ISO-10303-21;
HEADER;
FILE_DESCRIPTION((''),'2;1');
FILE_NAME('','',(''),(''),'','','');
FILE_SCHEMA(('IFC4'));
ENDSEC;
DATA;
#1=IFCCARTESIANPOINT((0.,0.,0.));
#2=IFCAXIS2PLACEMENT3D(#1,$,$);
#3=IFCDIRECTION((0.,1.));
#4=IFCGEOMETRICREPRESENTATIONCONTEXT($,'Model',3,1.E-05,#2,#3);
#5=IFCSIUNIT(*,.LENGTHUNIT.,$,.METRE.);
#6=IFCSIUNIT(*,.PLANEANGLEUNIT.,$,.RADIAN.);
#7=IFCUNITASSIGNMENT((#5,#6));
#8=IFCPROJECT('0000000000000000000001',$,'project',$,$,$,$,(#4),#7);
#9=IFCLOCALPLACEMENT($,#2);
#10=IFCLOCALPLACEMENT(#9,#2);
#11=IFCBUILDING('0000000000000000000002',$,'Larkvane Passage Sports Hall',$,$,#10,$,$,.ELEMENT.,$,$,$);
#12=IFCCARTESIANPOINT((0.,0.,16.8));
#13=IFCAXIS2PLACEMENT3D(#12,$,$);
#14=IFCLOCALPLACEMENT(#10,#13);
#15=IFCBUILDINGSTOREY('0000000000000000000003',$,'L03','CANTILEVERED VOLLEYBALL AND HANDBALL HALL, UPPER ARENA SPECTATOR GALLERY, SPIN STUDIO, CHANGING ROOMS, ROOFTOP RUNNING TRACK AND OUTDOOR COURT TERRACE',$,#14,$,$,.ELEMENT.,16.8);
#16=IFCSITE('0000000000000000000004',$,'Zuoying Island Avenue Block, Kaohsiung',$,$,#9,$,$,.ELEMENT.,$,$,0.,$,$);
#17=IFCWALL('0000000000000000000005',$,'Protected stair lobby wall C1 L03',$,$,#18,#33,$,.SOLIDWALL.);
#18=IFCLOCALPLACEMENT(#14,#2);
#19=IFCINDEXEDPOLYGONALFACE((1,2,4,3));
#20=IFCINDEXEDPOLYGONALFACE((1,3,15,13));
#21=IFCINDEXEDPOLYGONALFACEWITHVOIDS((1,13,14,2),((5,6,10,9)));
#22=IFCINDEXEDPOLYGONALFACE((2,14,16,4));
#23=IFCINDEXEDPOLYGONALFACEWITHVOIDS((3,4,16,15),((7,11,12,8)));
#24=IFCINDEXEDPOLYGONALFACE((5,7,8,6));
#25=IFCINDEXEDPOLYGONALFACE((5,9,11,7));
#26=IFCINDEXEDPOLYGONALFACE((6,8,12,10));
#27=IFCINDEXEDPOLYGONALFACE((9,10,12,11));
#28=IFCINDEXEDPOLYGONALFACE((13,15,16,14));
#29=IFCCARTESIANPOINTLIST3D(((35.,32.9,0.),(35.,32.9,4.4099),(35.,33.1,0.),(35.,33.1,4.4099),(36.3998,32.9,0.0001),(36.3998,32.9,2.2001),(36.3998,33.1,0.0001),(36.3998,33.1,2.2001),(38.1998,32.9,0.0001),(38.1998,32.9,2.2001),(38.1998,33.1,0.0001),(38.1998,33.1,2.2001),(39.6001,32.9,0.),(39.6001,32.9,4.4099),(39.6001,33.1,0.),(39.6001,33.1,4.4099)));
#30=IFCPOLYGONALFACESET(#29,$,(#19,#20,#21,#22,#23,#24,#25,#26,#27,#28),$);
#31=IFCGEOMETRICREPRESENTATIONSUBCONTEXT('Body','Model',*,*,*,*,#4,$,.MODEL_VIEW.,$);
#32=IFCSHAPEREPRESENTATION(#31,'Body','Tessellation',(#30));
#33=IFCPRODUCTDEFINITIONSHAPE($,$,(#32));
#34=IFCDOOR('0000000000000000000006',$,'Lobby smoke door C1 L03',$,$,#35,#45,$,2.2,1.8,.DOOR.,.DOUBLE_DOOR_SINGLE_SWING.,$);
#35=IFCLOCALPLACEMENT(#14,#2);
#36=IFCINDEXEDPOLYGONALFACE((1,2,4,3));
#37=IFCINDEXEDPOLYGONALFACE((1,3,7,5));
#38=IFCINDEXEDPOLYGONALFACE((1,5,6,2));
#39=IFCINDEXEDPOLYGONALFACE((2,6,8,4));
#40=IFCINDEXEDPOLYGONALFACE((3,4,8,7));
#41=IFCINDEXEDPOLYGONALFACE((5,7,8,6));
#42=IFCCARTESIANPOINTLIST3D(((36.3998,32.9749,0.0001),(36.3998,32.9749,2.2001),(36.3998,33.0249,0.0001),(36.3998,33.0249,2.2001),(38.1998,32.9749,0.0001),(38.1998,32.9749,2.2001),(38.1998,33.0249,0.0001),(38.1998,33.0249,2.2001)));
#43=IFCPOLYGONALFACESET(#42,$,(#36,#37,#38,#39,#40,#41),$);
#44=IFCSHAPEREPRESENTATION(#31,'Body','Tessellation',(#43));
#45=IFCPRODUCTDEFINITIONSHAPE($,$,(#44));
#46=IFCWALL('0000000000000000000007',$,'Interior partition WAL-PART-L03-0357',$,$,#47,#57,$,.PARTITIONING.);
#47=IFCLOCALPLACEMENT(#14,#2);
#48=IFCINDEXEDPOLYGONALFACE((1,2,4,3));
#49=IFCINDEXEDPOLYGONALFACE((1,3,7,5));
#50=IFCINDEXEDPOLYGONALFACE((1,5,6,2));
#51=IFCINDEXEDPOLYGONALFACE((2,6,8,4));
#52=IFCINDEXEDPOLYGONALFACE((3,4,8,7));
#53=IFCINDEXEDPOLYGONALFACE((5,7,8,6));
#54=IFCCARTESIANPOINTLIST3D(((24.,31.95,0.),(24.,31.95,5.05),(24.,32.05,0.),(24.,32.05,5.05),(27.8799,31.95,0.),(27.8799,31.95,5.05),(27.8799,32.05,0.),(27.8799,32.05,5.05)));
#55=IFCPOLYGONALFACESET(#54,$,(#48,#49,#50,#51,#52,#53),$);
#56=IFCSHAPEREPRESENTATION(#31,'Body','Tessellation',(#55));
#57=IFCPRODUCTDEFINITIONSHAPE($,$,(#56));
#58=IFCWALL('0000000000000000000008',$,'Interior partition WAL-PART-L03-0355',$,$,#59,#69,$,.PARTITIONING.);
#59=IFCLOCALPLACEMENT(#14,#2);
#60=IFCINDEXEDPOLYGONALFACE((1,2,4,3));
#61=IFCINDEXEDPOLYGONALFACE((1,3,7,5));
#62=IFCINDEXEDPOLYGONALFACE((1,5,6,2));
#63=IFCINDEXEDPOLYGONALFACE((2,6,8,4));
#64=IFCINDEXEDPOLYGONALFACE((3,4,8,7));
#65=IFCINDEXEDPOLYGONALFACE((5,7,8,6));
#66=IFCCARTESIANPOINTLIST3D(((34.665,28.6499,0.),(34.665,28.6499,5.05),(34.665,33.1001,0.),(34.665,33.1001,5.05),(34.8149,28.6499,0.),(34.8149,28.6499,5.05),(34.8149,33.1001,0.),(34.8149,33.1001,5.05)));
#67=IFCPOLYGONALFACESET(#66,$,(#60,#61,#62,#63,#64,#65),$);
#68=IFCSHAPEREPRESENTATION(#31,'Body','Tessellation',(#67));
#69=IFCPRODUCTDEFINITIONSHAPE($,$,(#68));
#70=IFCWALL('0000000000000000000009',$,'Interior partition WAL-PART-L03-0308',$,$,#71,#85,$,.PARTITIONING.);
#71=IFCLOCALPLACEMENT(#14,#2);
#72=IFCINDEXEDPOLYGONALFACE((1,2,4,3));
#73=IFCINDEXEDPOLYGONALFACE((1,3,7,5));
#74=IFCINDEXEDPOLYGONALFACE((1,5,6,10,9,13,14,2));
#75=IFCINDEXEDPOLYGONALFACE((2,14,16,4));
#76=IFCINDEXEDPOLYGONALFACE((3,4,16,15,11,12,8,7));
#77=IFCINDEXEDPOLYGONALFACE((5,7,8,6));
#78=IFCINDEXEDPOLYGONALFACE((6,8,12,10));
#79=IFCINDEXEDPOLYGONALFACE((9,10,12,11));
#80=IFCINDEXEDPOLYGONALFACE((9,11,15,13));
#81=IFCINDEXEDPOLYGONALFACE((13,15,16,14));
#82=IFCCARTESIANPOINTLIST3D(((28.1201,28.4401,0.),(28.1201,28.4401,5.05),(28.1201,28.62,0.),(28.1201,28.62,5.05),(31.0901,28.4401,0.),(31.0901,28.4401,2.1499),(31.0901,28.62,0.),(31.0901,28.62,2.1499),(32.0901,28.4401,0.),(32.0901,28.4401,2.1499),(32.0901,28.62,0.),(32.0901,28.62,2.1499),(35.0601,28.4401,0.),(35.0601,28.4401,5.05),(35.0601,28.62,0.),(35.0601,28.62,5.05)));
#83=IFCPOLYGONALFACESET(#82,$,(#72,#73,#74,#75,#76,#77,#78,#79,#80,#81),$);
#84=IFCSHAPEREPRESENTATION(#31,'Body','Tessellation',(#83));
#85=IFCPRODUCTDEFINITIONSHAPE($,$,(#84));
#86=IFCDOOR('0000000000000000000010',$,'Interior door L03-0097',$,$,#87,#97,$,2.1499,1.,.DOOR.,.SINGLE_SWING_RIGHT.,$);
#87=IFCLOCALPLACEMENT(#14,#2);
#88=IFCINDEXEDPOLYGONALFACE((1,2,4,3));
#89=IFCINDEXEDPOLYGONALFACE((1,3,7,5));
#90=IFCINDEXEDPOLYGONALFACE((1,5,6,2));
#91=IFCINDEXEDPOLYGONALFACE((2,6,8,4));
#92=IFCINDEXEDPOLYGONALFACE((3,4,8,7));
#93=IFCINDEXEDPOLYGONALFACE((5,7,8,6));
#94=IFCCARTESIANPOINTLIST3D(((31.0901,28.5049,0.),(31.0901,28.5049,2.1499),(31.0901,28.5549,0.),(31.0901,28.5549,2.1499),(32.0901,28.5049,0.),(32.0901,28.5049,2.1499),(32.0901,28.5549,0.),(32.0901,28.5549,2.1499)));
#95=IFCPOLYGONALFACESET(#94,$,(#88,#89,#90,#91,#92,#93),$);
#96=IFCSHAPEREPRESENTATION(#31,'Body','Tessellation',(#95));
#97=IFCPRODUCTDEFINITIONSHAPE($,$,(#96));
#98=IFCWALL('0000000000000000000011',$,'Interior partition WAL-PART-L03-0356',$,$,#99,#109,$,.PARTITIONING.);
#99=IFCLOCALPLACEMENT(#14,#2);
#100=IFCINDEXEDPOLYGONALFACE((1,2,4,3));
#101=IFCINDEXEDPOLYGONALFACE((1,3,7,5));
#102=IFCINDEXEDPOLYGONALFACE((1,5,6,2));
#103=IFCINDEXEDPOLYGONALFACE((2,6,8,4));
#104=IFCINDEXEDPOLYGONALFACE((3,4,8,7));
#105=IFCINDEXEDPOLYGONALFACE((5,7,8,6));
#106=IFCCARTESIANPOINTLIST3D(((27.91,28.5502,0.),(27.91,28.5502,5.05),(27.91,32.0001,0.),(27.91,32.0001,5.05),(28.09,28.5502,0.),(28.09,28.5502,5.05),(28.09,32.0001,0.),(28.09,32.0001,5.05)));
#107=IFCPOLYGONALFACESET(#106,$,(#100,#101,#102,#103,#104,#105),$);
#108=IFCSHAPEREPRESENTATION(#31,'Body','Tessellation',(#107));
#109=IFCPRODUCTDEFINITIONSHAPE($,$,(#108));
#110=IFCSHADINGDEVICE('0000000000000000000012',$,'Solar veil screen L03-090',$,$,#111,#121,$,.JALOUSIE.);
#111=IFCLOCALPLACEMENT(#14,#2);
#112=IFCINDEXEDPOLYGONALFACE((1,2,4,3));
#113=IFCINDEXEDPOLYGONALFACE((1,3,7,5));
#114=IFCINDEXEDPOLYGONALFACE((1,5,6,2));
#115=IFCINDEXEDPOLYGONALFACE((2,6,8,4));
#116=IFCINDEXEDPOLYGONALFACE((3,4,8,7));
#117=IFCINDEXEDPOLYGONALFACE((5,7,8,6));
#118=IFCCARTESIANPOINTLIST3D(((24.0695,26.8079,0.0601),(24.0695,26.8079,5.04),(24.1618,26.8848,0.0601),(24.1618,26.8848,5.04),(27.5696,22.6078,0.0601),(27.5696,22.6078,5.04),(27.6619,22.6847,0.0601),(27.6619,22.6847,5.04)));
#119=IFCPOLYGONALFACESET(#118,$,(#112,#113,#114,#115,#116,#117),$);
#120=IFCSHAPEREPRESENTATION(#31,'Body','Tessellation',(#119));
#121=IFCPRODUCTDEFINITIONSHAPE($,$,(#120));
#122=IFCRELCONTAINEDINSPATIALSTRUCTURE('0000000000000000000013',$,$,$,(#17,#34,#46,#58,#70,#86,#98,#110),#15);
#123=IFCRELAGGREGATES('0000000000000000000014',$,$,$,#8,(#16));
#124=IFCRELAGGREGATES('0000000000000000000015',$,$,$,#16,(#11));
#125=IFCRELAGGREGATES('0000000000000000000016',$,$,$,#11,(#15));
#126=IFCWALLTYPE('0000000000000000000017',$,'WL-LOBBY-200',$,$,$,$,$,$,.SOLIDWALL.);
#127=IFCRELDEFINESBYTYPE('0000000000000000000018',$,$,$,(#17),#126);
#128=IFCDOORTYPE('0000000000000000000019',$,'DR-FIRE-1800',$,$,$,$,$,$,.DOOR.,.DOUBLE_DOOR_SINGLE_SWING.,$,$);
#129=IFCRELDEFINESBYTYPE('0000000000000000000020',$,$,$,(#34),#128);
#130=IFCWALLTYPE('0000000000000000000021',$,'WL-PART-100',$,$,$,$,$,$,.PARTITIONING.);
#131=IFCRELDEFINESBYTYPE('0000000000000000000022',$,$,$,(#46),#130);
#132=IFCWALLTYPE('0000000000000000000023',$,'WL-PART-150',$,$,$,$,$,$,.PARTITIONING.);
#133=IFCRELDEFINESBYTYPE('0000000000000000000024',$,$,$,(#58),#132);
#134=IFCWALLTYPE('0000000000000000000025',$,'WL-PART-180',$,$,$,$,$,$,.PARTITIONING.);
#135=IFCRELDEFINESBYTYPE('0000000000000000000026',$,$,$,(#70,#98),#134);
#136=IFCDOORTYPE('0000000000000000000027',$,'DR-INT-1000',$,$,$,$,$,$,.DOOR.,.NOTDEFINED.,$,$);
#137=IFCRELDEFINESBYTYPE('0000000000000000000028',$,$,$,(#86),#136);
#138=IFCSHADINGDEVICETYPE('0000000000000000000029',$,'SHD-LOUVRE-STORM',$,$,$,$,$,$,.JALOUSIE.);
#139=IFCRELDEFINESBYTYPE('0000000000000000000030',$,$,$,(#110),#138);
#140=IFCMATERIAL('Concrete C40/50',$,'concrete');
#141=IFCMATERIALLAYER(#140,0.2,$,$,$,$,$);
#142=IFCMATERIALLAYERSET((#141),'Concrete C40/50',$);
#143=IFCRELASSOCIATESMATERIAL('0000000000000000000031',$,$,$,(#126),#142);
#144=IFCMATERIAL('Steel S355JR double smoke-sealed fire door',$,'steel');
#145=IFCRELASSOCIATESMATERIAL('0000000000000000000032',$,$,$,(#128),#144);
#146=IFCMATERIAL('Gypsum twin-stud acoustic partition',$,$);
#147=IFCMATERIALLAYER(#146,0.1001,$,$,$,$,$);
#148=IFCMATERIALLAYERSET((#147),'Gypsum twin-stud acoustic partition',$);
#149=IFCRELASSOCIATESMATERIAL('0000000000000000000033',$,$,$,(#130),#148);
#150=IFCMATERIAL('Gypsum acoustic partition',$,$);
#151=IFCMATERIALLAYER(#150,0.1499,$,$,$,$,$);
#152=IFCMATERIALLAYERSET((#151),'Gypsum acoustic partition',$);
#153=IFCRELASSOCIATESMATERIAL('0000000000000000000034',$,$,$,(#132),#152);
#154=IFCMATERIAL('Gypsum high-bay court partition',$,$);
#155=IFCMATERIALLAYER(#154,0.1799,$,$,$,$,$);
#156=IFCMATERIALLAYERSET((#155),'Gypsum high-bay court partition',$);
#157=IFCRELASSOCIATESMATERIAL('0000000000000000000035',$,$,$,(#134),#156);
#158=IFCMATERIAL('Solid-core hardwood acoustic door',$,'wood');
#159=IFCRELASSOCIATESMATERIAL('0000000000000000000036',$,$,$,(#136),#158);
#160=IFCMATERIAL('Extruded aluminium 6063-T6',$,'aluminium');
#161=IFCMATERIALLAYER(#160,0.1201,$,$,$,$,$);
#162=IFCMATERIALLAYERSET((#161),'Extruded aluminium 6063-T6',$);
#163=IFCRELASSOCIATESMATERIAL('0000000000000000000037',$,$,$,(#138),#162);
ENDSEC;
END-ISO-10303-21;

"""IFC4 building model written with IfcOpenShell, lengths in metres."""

from ifc_helpers import new_model, si_unit, direction, frame, frame_2d, origin, origin_2d, place, context, subcontext, project, spatial, rectangle, extrude, material, layer, layer_set, type_object, element, fill, save


model = new_model("IFC4")

# Units and contexts
model_context = context("Model", 3, precision=1e-05, world=origin(), true_north=direction((0.0, 1.0)))
body_context = subcontext(model_context, "Body", "Model", "MODEL_VIEW")
ifc_project = project(units=[si_unit("LENGTHUNIT", "METRE"), si_unit("PLANEANGLEUNIT", "RADIAN")], contexts=[model_context])

# Site, building, storey
site_placement = place(None, origin())
site = spatial("IfcSite", under=ifc_project, at=site_placement, Name="Zuoying Island Avenue Block, Kaohsiung", CompositionType="ELEMENT", RefElevation=0.0)
building_placement = place(site_placement, origin())
building = spatial("IfcBuilding", under=site, at=building_placement, Name="Larkvane Passage Sports Hall", CompositionType="ELEMENT")
storey_placement = place(building_placement, frame((0.0, 0.0, 16.8)))
storey = spatial("IfcBuildingStorey", under=building, at=storey_placement, Name="L03", Description="CANTILEVERED VOLLEYBALL AND HANDBALL HALL, UPPER ARENA SPECTATOR GALLERY, SPIN STUDIO, CHANGING ROOMS, ROOFTOP RUNNING TRACK AND OUTDOOR COURT TERRACE", CompositionType="ELEMENT", Elevation=16.8)

# Wall, opening, door
ifc_material_1 = material(Name="Concrete C40/50", Category="concrete")
ifc_layer_1 = layer(ifc_material_1, 0.2)
ifc_layer_set_1 = layer_set([ifc_layer_1], Name="Concrete C40/50")
wall_type_1 = type_object("IfcWallType", Name="WL-LOBBY-200", PredefinedType="SOLIDWALL", material=ifc_layer_set_1)
wall_1_placement = place(storey_placement, frame((35.0, 33.0, 0.0), z_axis=(0.0, 0.0, 1.0), x_axis=(1.0, 0.0, 0.0)))
wall_1 = element("IfcWall", 1, at=wall_1_placement, inside=storey, type_object=wall_type_1, Name="Protected stair lobby wall C1 L03", PredefinedType="SOLIDWALL", context=body_context, shape_type="SweptSolid", body=[
    extrude(rectangle(XDim=4.6001, YDim=0.2, at=frame_2d((2.3, 0.0))), origin(), (0.0, 0.0, 1.0), 4.4099),
])
opening_1_placement = place(wall_1_placement, frame((1.3999, 0.0, 0.0)))
opening_1 = element("IfcOpeningElement", 2, at=opening_1_placement, cuts=wall_1, PredefinedType="OPENING", context=body_context, shape_type="SweptSolid", body=[
    extrude(rectangle(XDim=1.8, YDim=2.2, at=frame_2d((0.8999, 1.1001))), frame((0.0, 0.1099, 0.0), z_axis=(0.0, -1.0, 0.0), x_axis=(1.0, 0.0, 0.0)), (0.0, 0.0, 1.0), 0.22),
])
ifc_material_2 = material(Name="Steel S355JR double smoke-sealed fire door", Category="steel")
door_type_1 = type_object("IfcDoorType", Name="DR-FIRE-1800", OperationType="DOUBLE_DOOR_SINGLE_SWING", PredefinedType="DOOR", material=ifc_material_2)
door_1_placement = place(opening_1_placement, origin())
door_1 = element("IfcDoor", 3, at=door_1_placement, inside=storey, type_object=door_type_1, Name="Lobby smoke door C1 L03", OperationType="DOUBLE_DOOR_SINGLE_SWING", OverallHeight=2.2, OverallWidth=1.8, PredefinedType="DOOR", context=body_context, shape_type="SweptSolid", body=[
    extrude(rectangle(XDim=1.8, YDim=2.2, at=frame_2d((0.8999, 1.1001))), frame((0.0, 0.0249, 0.0), z_axis=(0.0, -1.0, 0.0), x_axis=(1.0, 0.0, 0.0)), (0.0, 0.0, 1.0), 0.05),
])
fill(opening_1, door_1)

# Walls
ifc_material_3 = material(Name="Gypsum twin-stud acoustic partition")
ifc_layer_2 = layer(ifc_material_3, 0.1001)
ifc_layer_set_2 = layer_set([ifc_layer_2], Name="Gypsum twin-stud acoustic partition")
wall_type_2 = type_object("IfcWallType", Name="WL-PART-100", PredefinedType="PARTITIONING", material=ifc_layer_set_2)
wall_2_placement = place(storey_placement, frame((27.8799, 32.0, 0.0), z_axis=(0.0, 0.0, 1.0), x_axis=(-1.0, 0.0, 0.0)))
element("IfcWall", 4, at=wall_2_placement, inside=storey, type_object=wall_type_2, Name="Interior partition WAL-PART-L03-0357", PredefinedType="PARTITIONING", context=body_context, shape_type="SweptSolid", body=[
    extrude(rectangle(XDim=3.8799, YDim=0.1001, at=frame_2d((1.9399, 0.0))), origin(), (0.0, 0.0, 1.0), 5.05),
])
ifc_material_4 = material(Name="Gypsum acoustic partition")
ifc_layer_3 = layer(ifc_material_4, 0.1499)
ifc_layer_set_3 = layer_set([ifc_layer_3], Name="Gypsum acoustic partition")
wall_type_3 = type_object("IfcWallType", Name="WL-PART-150", PredefinedType="PARTITIONING", material=ifc_layer_set_3)
wall_3_placement = place(storey_placement, frame((34.74, 33.1001, 0.0), z_axis=(0.0, 0.0, 1.0), x_axis=(0.0, -1.0, 0.0)))
element("IfcWall", 5, at=wall_3_placement, inside=storey, type_object=wall_type_3, Name="Interior partition WAL-PART-L03-0355", PredefinedType="PARTITIONING", context=body_context, shape_type="SweptSolid", body=[
    extrude(rectangle(XDim=4.4502, YDim=0.1499, at=frame_2d((2.2251, 0.0))), origin(), (0.0, 0.0, 1.0), 5.05),
])

# Wall, opening, door
ifc_material_5 = material(Name="Gypsum high-bay court partition")
ifc_layer_4 = layer(ifc_material_5, 0.1799)
ifc_layer_set_4 = layer_set([ifc_layer_4], Name="Gypsum high-bay court partition")
wall_type_4 = type_object("IfcWallType", Name="WL-PART-180", PredefinedType="PARTITIONING", material=ifc_layer_set_4)
wall_4_placement = place(storey_placement, frame((28.1201, 28.53, 0.0), z_axis=(0.0, 0.0, 1.0), x_axis=(1.0, 0.0, 0.0)))
wall_4 = element("IfcWall", 6, at=wall_4_placement, inside=storey, type_object=wall_type_4, Name="Interior partition WAL-PART-L03-0308", PredefinedType="PARTITIONING", context=body_context, shape_type="SweptSolid", body=[
    extrude(rectangle(XDim=6.9399, YDim=0.1799, at=frame_2d((3.47, 0.0))), origin(), (0.0, 0.0, 1.0), 5.05),
])
opening_2_placement = place(wall_4_placement, frame((2.97, 0.0, 0.0)))
opening_2 = element("IfcOpeningElement", 7, at=opening_2_placement, cuts=wall_4, PredefinedType="OPENING", context=body_context, shape_type="SweptSolid", body=[
    extrude(rectangle(XDim=1.0, YDim=2.1499, at=frame_2d((0.5, 1.075))), frame((0.0, 0.0999, 0.0), z_axis=(0.0, -1.0, 0.0), x_axis=(1.0, 0.0, 0.0)), (0.0, 0.0, 1.0), 0.2),
])
ifc_material_6 = material(Name="Solid-core hardwood acoustic door", Category="wood")
door_type_2 = type_object("IfcDoorType", Name="DR-INT-1000", OperationType="NOTDEFINED", PredefinedType="DOOR", material=ifc_material_6)
door_2_placement = place(opening_2_placement, origin())
door_2 = element("IfcDoor", 8, at=door_2_placement, inside=storey, type_object=door_type_2, Name="Interior door L03-0097", OperationType="SINGLE_SWING_RIGHT", OverallHeight=2.1499, OverallWidth=1.0, PredefinedType="DOOR", context=body_context, shape_type="SweptSolid", body=[
    extrude(rectangle(XDim=1.0, YDim=2.1499, at=frame_2d((0.5, 1.075))), frame((0.0, 0.0249, 0.0), z_axis=(0.0, -1.0, 0.0), x_axis=(1.0, 0.0, 0.0)), (0.0, 0.0, 1.0), 0.05),
])
fill(opening_2, door_2)

# Wall
wall_5_placement = place(storey_placement, frame((28.0, 28.55, 0.0), z_axis=(0.0, 0.0, 1.0), x_axis=(0.0, 1.0, 0.0)))
element("IfcWall", 9, at=wall_5_placement, inside=storey, type_object=wall_type_4, Name="Interior partition WAL-PART-L03-0356", PredefinedType="PARTITIONING", context=body_context, shape_type="SweptSolid", body=[
    extrude(rectangle(XDim=3.45, YDim=0.1799, at=frame_2d((1.7251, 0.0))), origin(), (0.0, 0.0, 1.0), 5.05),
])

# Shading device
ifc_material_7 = material(Name="Extruded aluminium 6063-T6", Category="aluminium")
ifc_layer_5 = layer(ifc_material_7, 0.1201)
ifc_layer_set_5 = layer_set([ifc_layer_5], Name="Extruded aluminium 6063-T6")
shading_device_type = type_object("IfcShadingDeviceType", Name="SHD-LOUVRE-STORM", PredefinedType="JALOUSIE", material=ifc_layer_set_5)
shading_device_placement = place(storey_placement, frame((25.8657, 24.7463, 0.0601), z_axis=(0.0, 0.0, 1.0), x_axis=(-0.640184, 0.768221, 0.0)))
element("IfcShadingDevice", 10, at=shading_device_placement, inside=storey, type_object=shading_device_type, Name="Solar veil screen L03-090", PredefinedType="JALOUSIE", context=body_context, shape_type="SweptSolid", body=[
    extrude(rectangle(XDim=5.4673, YDim=0.1201, at=origin_2d()), origin(), (0.0, 0.0, 1.0), 4.98),
])

save(model, "model.ifc")
